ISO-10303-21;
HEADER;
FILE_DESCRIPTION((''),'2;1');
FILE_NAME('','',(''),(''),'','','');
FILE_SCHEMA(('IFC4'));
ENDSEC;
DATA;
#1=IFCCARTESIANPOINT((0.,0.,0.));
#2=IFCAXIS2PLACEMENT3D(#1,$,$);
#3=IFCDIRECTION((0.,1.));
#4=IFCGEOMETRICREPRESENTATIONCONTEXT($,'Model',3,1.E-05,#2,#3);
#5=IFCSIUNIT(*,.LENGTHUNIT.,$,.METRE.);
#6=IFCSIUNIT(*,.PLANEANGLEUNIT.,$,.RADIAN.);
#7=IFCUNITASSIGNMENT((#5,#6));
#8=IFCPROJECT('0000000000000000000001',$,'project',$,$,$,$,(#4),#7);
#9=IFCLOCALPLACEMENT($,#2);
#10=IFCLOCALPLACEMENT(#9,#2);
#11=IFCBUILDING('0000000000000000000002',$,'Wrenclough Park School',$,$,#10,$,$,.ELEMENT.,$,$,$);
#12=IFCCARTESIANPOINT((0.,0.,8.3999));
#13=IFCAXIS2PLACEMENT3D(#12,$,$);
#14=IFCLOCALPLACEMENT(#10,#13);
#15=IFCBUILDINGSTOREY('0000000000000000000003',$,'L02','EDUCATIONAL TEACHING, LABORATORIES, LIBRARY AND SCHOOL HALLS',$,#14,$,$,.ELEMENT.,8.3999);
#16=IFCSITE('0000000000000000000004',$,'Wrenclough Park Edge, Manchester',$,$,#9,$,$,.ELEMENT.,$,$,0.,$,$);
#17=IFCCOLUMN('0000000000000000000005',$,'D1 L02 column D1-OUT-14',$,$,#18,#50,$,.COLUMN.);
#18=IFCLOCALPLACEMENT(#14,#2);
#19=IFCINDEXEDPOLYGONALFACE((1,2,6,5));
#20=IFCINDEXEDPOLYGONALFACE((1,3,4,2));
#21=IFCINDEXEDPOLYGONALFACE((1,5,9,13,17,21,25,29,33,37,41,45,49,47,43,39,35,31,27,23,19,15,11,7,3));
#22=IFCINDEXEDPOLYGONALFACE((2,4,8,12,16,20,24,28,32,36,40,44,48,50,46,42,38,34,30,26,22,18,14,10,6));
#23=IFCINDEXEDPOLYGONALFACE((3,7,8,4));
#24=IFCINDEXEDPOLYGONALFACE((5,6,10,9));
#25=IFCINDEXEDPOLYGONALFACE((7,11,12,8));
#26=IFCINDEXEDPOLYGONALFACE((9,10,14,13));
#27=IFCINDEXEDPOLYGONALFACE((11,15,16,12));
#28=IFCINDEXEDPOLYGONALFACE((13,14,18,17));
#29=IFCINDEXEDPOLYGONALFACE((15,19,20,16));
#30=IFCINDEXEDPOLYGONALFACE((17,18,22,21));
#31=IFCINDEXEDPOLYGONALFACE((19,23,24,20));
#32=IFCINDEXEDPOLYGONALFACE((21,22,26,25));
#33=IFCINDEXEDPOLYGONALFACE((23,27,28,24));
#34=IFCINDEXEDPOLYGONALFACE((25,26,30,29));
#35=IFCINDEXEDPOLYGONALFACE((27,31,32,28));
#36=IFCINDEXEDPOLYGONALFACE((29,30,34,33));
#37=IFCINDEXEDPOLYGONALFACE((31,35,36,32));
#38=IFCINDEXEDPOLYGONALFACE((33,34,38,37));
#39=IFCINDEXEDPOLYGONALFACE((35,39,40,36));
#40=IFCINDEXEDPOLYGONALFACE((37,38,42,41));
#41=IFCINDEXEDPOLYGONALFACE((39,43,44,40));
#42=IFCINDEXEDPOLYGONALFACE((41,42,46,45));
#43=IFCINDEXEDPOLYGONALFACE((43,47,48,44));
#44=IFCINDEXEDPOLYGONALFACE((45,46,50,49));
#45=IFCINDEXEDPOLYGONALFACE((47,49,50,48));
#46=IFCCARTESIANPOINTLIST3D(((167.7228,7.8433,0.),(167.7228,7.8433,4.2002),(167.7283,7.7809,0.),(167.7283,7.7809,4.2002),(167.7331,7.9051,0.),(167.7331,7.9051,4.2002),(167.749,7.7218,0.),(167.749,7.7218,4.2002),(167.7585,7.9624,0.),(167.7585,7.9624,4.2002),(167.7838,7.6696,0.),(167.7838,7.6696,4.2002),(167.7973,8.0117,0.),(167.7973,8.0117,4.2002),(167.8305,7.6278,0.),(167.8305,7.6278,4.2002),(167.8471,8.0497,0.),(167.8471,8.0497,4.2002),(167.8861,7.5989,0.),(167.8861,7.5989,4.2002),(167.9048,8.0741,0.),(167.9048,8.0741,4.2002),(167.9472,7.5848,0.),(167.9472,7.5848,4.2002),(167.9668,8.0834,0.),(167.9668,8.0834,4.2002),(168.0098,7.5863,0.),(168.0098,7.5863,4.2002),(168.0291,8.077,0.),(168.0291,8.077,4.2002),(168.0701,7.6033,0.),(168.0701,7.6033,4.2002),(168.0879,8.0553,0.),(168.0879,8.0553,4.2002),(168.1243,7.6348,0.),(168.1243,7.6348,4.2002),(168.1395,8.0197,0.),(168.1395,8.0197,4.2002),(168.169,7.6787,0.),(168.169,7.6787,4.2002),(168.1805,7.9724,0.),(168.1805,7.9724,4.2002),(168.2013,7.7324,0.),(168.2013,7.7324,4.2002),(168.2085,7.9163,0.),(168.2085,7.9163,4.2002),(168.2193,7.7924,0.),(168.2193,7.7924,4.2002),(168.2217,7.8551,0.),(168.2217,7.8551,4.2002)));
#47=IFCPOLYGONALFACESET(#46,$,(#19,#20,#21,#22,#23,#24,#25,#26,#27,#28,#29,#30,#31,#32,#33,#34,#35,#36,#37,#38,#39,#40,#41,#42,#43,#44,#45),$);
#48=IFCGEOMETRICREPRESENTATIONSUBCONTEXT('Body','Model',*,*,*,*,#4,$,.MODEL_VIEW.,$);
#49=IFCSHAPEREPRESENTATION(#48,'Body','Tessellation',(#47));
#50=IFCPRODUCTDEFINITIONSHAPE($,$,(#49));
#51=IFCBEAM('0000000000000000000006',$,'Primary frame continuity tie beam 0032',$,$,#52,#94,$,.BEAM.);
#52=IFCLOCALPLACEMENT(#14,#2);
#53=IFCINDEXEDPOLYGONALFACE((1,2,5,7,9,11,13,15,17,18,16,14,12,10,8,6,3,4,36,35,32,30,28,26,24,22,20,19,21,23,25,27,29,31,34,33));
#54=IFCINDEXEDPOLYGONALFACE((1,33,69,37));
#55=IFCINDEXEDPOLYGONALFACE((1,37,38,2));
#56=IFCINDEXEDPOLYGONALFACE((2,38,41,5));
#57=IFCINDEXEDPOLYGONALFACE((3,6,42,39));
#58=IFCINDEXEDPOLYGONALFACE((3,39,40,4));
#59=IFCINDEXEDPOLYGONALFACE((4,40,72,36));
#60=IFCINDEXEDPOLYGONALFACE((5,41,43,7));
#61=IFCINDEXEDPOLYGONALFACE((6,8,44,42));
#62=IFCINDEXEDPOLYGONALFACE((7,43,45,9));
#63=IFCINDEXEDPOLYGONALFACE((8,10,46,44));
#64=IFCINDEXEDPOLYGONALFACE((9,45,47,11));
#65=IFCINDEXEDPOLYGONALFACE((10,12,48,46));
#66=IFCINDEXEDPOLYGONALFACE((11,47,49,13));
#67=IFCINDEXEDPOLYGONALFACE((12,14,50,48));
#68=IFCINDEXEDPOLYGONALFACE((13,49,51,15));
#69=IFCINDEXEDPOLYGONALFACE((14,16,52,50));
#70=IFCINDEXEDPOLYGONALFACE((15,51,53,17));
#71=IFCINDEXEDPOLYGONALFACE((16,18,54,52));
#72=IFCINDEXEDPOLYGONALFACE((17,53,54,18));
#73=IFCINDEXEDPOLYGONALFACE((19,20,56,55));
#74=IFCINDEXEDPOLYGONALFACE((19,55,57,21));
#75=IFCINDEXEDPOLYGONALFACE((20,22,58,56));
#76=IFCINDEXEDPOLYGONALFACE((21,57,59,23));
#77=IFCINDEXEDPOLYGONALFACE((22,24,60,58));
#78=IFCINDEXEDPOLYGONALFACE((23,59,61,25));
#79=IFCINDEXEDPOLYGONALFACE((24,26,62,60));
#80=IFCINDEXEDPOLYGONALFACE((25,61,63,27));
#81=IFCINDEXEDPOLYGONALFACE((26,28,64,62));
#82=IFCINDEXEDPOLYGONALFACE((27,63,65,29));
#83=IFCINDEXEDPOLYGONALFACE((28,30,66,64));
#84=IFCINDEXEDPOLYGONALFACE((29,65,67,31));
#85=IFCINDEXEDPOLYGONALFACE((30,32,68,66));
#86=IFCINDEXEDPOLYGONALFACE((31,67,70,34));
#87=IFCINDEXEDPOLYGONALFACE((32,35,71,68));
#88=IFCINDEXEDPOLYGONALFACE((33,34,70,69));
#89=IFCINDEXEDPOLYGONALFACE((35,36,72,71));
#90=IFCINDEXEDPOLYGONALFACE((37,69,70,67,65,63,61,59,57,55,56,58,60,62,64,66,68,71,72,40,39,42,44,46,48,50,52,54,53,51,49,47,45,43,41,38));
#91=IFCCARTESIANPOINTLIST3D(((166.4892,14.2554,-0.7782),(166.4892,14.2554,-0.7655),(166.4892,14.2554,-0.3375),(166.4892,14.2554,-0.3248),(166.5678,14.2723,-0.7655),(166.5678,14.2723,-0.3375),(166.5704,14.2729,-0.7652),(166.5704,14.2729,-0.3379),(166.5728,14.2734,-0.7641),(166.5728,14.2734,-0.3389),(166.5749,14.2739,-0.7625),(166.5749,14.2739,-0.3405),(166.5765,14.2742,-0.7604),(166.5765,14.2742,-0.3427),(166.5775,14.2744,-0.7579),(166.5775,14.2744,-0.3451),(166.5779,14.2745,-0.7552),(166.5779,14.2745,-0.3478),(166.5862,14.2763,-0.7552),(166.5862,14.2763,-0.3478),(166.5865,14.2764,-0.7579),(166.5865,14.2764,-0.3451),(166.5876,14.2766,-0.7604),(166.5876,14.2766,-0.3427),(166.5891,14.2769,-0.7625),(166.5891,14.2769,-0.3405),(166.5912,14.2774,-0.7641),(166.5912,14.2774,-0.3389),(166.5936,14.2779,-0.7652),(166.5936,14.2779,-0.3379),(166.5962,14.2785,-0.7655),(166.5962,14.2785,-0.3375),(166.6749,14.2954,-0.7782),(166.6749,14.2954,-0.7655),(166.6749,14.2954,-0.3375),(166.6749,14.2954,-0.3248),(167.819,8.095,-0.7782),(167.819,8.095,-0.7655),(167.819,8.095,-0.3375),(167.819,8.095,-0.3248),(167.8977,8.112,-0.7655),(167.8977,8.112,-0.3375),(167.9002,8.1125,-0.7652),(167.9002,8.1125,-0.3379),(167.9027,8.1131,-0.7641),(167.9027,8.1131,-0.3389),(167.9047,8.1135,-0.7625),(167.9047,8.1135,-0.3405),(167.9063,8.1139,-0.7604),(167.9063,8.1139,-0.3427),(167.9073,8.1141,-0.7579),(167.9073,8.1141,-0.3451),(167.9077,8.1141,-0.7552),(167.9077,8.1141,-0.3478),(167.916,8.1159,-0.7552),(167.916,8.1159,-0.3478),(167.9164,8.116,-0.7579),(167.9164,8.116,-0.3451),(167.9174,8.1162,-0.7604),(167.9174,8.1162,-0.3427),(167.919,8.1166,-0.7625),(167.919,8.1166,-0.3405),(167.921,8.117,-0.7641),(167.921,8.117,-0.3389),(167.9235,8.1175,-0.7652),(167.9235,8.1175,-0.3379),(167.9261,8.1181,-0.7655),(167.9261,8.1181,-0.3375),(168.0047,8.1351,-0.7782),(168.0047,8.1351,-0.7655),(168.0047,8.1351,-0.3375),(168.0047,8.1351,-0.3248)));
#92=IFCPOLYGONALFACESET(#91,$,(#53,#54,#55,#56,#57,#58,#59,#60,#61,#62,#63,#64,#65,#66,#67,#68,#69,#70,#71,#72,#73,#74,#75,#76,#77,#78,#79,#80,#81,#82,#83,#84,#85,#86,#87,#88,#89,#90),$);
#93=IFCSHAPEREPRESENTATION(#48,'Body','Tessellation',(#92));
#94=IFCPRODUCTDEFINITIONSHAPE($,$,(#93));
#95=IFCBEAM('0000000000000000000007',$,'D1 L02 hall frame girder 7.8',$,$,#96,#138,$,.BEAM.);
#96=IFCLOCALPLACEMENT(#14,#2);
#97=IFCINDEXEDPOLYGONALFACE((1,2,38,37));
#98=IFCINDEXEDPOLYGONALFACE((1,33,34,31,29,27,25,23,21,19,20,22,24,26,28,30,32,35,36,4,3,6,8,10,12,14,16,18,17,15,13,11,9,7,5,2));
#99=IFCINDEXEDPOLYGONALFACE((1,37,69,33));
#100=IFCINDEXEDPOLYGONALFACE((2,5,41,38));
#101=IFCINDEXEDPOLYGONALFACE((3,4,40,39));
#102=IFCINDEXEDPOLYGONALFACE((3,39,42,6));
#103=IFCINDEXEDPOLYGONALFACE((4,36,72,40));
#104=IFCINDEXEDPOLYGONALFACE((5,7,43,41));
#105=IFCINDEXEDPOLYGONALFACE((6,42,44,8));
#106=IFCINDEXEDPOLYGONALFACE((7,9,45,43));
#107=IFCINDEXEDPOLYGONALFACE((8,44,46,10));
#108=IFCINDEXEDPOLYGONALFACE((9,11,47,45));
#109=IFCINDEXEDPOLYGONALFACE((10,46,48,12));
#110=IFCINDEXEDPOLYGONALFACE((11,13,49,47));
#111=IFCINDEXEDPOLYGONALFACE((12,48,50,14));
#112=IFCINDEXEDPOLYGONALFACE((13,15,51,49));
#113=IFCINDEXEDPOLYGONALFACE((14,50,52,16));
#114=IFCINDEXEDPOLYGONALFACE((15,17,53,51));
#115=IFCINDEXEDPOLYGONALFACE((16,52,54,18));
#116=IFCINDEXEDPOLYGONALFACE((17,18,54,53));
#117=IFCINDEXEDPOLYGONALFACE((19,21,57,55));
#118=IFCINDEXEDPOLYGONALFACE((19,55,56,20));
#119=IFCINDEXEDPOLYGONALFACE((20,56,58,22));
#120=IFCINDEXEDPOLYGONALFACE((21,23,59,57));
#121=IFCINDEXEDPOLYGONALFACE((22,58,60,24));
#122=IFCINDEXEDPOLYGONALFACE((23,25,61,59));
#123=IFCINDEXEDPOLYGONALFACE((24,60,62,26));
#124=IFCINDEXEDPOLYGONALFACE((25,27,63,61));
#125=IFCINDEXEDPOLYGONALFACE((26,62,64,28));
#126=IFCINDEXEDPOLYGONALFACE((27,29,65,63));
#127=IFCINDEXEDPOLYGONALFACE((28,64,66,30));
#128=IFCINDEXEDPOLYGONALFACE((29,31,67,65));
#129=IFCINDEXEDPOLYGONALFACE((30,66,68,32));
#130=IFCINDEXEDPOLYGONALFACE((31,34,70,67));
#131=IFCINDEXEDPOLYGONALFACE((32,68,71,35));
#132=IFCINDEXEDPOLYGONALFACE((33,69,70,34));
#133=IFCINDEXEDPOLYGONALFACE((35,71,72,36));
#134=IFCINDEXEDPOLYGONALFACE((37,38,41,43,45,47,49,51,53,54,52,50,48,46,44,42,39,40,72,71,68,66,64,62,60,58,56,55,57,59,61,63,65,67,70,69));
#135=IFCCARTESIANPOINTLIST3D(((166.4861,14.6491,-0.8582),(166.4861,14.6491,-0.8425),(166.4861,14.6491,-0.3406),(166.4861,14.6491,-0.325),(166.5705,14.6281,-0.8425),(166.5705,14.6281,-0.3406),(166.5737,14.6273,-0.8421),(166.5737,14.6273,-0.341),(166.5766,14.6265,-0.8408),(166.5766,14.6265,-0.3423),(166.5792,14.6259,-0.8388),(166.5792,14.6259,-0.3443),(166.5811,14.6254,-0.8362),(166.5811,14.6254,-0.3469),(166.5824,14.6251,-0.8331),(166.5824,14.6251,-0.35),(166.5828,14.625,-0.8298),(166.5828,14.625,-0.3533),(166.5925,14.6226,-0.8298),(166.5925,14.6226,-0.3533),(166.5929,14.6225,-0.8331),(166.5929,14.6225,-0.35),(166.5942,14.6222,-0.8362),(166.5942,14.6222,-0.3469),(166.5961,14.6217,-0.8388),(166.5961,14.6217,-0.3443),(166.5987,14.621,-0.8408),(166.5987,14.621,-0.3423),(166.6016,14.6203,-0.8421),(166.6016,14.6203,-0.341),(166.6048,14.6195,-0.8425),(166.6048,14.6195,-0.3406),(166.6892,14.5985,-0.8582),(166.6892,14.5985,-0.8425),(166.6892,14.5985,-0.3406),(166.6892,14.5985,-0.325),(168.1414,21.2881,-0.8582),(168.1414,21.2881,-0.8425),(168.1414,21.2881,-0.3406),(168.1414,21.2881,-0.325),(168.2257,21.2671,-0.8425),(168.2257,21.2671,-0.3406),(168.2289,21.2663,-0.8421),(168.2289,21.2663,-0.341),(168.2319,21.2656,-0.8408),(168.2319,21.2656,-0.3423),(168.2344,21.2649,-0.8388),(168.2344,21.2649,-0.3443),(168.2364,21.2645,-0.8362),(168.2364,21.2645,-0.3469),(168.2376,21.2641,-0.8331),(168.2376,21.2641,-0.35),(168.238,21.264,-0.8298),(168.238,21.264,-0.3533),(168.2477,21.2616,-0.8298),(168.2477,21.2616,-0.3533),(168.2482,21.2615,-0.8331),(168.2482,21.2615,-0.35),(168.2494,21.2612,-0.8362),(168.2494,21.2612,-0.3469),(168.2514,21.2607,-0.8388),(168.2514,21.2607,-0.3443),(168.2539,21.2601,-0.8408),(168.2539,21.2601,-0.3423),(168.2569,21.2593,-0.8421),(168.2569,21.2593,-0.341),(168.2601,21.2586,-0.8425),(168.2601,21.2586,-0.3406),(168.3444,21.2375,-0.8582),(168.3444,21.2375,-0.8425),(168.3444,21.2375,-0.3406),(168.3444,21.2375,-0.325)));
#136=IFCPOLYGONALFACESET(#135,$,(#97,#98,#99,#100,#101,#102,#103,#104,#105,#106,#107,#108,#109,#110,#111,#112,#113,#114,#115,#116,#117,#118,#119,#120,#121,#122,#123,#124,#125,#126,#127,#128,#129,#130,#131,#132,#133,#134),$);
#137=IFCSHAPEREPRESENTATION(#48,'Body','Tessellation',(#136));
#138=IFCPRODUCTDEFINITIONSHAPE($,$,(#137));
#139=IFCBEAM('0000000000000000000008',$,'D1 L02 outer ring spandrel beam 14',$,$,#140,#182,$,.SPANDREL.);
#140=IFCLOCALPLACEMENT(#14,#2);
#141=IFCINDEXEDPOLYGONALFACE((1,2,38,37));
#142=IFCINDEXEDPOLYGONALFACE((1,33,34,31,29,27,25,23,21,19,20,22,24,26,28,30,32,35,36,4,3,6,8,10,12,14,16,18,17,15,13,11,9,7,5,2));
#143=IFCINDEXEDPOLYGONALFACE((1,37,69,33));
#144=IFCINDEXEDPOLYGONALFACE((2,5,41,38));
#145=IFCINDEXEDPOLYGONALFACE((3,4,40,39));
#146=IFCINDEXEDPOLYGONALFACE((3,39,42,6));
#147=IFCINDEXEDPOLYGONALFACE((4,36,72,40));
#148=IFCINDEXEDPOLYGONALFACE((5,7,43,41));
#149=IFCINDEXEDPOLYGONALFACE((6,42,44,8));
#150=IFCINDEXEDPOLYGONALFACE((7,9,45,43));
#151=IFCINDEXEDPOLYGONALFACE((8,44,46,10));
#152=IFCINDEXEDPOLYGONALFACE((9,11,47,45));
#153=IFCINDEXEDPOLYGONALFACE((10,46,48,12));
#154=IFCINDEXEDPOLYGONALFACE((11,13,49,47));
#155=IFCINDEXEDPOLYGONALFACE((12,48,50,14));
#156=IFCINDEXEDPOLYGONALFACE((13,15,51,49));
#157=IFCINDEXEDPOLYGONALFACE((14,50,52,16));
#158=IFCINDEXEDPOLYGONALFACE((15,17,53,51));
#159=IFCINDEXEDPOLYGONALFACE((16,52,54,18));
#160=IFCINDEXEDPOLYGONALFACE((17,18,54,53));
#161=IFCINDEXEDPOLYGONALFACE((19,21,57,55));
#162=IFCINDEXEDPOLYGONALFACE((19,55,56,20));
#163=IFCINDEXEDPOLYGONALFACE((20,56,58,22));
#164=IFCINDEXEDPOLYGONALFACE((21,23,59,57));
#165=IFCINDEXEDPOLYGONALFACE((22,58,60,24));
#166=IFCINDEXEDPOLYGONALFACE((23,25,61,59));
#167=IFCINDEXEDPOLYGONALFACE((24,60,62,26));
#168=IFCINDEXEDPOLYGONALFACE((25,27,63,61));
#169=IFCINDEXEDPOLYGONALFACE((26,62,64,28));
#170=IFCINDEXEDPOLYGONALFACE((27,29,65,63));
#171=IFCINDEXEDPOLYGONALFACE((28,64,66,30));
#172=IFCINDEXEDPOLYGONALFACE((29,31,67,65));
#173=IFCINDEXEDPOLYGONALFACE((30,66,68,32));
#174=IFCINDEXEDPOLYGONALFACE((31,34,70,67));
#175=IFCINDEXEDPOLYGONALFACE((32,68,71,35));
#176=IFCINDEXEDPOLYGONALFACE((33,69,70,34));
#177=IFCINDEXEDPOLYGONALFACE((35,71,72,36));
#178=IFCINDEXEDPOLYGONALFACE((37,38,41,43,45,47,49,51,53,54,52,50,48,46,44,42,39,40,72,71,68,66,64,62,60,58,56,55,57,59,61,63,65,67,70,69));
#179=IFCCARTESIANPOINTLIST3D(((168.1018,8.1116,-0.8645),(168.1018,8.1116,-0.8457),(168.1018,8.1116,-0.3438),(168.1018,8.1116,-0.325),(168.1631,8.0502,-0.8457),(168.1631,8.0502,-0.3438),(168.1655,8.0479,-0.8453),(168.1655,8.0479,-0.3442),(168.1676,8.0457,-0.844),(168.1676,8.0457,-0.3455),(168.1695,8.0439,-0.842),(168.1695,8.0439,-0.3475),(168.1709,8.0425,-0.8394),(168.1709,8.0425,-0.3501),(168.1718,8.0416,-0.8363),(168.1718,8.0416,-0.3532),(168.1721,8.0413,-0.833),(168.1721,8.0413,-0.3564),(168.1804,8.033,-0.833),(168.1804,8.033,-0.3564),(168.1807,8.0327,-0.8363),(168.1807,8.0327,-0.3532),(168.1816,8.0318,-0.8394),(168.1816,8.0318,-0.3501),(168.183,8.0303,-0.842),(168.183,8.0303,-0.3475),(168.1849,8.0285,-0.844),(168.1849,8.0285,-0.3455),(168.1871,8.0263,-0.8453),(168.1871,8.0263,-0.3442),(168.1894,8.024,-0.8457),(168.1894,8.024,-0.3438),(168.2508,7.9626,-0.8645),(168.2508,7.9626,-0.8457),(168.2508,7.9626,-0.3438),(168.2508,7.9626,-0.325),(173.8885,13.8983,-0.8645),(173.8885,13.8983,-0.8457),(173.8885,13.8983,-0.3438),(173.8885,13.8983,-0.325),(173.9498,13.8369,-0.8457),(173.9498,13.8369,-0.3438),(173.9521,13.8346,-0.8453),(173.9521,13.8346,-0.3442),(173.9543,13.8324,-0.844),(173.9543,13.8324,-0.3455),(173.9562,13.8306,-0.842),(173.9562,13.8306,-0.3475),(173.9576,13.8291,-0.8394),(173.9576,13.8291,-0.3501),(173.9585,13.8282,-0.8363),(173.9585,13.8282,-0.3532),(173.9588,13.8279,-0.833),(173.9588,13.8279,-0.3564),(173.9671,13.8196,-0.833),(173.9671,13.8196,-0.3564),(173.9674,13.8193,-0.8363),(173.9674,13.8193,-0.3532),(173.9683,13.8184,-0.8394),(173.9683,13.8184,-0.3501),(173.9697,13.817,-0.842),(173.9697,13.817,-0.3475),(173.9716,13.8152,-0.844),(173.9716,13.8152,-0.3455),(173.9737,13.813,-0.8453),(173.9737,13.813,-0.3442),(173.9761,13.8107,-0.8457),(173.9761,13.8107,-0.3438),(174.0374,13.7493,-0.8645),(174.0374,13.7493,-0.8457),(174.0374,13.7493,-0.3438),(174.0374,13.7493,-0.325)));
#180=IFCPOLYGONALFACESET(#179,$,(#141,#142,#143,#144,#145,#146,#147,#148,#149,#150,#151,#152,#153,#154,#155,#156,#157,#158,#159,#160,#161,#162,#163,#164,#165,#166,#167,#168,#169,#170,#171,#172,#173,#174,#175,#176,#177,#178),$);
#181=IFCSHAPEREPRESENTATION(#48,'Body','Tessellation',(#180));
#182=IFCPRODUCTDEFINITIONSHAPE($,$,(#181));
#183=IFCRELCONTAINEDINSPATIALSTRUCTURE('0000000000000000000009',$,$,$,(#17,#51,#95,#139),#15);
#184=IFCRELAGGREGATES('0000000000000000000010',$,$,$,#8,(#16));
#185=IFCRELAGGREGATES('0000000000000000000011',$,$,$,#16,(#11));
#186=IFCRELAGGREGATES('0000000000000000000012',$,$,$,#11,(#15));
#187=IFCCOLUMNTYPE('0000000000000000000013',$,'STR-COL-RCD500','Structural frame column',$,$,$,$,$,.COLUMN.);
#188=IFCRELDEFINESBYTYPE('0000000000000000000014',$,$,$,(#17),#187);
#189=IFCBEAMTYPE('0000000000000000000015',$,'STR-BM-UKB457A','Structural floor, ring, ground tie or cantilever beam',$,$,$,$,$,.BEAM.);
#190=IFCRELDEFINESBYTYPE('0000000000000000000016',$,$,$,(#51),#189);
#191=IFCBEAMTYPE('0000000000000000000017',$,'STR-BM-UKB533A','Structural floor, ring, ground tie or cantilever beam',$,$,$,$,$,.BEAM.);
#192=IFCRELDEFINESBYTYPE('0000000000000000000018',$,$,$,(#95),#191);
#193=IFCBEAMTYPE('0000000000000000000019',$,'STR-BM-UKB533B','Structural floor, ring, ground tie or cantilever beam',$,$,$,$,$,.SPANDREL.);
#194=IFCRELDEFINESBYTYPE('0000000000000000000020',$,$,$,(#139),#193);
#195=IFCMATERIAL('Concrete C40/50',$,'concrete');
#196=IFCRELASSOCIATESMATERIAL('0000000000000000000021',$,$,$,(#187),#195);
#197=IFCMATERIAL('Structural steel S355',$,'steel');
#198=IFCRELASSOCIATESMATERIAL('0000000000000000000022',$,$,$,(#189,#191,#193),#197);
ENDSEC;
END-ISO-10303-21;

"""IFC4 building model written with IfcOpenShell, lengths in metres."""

from ifc_helpers import new_model, si_unit, direction, frame, origin, origin_2d, place, context, subcontext, project, spatial, circle, i_section, extrude, material, material_profile, profile_set, type_object, element, save


model = new_model("IFC4")

# Units and contexts
model_context = context("Model", 3, precision=1e-05, world=origin(), true_north=direction((0.0, 1.0)))
body_context = subcontext(model_context, "Body", "Model", "MODEL_VIEW")
ifc_project = project(units=[si_unit("LENGTHUNIT", "METRE"), si_unit("PLANEANGLEUNIT", "RADIAN")], contexts=[model_context])

# Site, building, storey
site_placement = place(None, origin())
site = spatial("IfcSite", under=ifc_project, at=site_placement, Name="Wrenclough Park Edge, Manchester", CompositionType="ELEMENT", RefElevation=0.0)
building_placement = place(site_placement, origin())
building = spatial("IfcBuilding", under=site, at=building_placement, Name="Wrenclough Park School", CompositionType="ELEMENT")
storey_placement = place(building_placement, frame((0.0, 0.0, 8.3999)))
storey = spatial("IfcBuildingStorey", under=building, at=storey_placement, Name="L02", Description="EDUCATIONAL TEACHING, LABORATORIES, LIBRARY AND SCHOOL HALLS", CompositionType="ELEMENT", Elevation=8.3999)

# Column
ifc_material_1 = material(Name="Concrete C40/50", Category="concrete")
ifc_material_profile_1 = material_profile(ifc_material_1, circle(Radius=0.25, at=origin_2d()), Name="RC COL D500")
ifc_profile_set_1 = profile_set([ifc_material_profile_1], Name="Concrete C40/50")
column_type = type_object("IfcColumnType", Name="STR-COL-RCD500", Description="Structural frame column", PredefinedType="COLUMN", material=ifc_profile_set_1)
for number, where, z_axis, x_axis, name in (
    (1, (167.9727, 7.8335, 0.0), (0.0, 0.0, 1.0), (0.83147, 0.55557, 0.0), "D1 L02 column D1-OUT-14"),
):
    element("IfcColumn", number, at=place(storey_placement, frame(where, z_axis=z_axis, x_axis=x_axis)), inside=storey, type_object=column_type, Name=name, PredefinedType="COLUMN", context=body_context, shape_type="SweptSolid", body=[
        extrude(circle(Radius=0.25, at=origin_2d()), origin(), (0.0, 0.0, 1.0), 4.2002),
    ])

# Beams
ifc_material_2 = material(Name="Structural steel S355", Category="steel")
ifc_material_profile_2 = material_profile(ifc_material_2, i_section(OverallWidth=0.1899, OverallDepth=0.4534, WebThickness=0.0085, FlangeThickness=0.0127, FilletRadius=0.0103, at=origin_2d()), Name="UKB 457x191x67")
ifc_profile_set_2 = profile_set([ifc_material_profile_2], Name="Structural steel S355")
beam_type_1 = type_object("IfcBeamType", Name="STR-BM-UKB457A", Description="Structural floor, ring, ground tie or cantilever beam", PredefinedType="BEAM", material=ifc_profile_set_2)
beam_1_placement = place(storey_placement, frame((166.582, 14.2754, -0.5515), z_axis=(0.211008, -0.977484, 0.0), x_axis=(0.977484, 0.211008, 0.0)))
element("IfcBeam", 2, at=beam_1_placement, inside=storey, type_object=beam_type_1, Name="Primary frame continuity tie beam 0032", PredefinedType="BEAM", context=body_context, shape_type="SweptSolid", body=[
    extrude(i_section(OverallWidth=0.1899, OverallDepth=0.4534, WebThickness=0.0085, FlangeThickness=0.0127, FilletRadius=0.0103, at=origin_2d()), origin(), (0.0, 0.0, 1.0), 6.3022),
])
ifc_material_profile_3 = material_profile(ifc_material_2, i_section(OverallWidth=0.2092, OverallDepth=0.5332, WebThickness=0.01, FlangeThickness=0.0156, FilletRadius=0.0127, at=origin_2d()), Name="UKB 533x210x92")
ifc_profile_set_3 = profile_set([ifc_material_profile_3], Name="Structural steel S355")
beam_type_2 = type_object("IfcBeamType", Name="STR-BM-UKB533A", Description="Structural floor, ring, ground tie or cantilever beam", PredefinedType="BEAM", material=ifc_profile_set_3)
beam_2_placement = place(storey_placement, frame((166.5876, 14.6238, -0.5916), z_axis=(0.241914, 0.970298, 0.0), x_axis=(-0.970298, 0.241914, 0.0)))
element("IfcBeam", 3, at=beam_2_placement, inside=storey, type_object=beam_type_2, Name="D1 L02 hall frame girder 7.8", PredefinedType="BEAM", context=body_context, shape_type="SweptSolid", body=[
    extrude(i_section(OverallWidth=0.2092, OverallDepth=0.5332, WebThickness=0.01, FlangeThickness=0.0156, FilletRadius=0.0127, at=origin_2d()), origin(), (0.0, 0.0, 1.0), 6.8423),
])
ifc_material_profile_4 = material_profile(ifc_material_2, i_section(OverallWidth=0.2107, OverallDepth=0.5396, WebThickness=0.0117, FlangeThickness=0.0188, FilletRadius=0.0127, at=origin_2d()), Name="UKB 533x210x109")
ifc_profile_set_4 = profile_set([ifc_material_profile_4], Name="Structural steel S355")
beam_type_3 = type_object("IfcBeamType", Name="STR-BM-UKB533B", Description="Structural floor, ring, ground tie or cantilever beam", PredefinedType="SPANDREL", material=ifc_profile_set_4)
for number, where, z_axis, x_axis, name in (
    (4, (168.1763, 8.0371, -0.5947), (0.707107, 0.707107, 0.0), (-0.707107, 0.707107, 0.0), "D1 L02 outer ring spandrel beam 14"),
):
    element("IfcBeam", number, at=place(storey_placement, frame(where, z_axis=z_axis, x_axis=x_axis)), inside=storey, type_object=beam_type_3, Name=name, PredefinedType="SPANDREL", context=body_context, shape_type="SweptSolid", body=[
        extrude(i_section(OverallWidth=0.2107, OverallDepth=0.5396, WebThickness=0.0117, FlangeThickness=0.0188, FilletRadius=0.0127, at=origin_2d()), origin(), (0.0, 0.0, 1.0), 8.1836),
    ])

save(model, "model.ifc")
